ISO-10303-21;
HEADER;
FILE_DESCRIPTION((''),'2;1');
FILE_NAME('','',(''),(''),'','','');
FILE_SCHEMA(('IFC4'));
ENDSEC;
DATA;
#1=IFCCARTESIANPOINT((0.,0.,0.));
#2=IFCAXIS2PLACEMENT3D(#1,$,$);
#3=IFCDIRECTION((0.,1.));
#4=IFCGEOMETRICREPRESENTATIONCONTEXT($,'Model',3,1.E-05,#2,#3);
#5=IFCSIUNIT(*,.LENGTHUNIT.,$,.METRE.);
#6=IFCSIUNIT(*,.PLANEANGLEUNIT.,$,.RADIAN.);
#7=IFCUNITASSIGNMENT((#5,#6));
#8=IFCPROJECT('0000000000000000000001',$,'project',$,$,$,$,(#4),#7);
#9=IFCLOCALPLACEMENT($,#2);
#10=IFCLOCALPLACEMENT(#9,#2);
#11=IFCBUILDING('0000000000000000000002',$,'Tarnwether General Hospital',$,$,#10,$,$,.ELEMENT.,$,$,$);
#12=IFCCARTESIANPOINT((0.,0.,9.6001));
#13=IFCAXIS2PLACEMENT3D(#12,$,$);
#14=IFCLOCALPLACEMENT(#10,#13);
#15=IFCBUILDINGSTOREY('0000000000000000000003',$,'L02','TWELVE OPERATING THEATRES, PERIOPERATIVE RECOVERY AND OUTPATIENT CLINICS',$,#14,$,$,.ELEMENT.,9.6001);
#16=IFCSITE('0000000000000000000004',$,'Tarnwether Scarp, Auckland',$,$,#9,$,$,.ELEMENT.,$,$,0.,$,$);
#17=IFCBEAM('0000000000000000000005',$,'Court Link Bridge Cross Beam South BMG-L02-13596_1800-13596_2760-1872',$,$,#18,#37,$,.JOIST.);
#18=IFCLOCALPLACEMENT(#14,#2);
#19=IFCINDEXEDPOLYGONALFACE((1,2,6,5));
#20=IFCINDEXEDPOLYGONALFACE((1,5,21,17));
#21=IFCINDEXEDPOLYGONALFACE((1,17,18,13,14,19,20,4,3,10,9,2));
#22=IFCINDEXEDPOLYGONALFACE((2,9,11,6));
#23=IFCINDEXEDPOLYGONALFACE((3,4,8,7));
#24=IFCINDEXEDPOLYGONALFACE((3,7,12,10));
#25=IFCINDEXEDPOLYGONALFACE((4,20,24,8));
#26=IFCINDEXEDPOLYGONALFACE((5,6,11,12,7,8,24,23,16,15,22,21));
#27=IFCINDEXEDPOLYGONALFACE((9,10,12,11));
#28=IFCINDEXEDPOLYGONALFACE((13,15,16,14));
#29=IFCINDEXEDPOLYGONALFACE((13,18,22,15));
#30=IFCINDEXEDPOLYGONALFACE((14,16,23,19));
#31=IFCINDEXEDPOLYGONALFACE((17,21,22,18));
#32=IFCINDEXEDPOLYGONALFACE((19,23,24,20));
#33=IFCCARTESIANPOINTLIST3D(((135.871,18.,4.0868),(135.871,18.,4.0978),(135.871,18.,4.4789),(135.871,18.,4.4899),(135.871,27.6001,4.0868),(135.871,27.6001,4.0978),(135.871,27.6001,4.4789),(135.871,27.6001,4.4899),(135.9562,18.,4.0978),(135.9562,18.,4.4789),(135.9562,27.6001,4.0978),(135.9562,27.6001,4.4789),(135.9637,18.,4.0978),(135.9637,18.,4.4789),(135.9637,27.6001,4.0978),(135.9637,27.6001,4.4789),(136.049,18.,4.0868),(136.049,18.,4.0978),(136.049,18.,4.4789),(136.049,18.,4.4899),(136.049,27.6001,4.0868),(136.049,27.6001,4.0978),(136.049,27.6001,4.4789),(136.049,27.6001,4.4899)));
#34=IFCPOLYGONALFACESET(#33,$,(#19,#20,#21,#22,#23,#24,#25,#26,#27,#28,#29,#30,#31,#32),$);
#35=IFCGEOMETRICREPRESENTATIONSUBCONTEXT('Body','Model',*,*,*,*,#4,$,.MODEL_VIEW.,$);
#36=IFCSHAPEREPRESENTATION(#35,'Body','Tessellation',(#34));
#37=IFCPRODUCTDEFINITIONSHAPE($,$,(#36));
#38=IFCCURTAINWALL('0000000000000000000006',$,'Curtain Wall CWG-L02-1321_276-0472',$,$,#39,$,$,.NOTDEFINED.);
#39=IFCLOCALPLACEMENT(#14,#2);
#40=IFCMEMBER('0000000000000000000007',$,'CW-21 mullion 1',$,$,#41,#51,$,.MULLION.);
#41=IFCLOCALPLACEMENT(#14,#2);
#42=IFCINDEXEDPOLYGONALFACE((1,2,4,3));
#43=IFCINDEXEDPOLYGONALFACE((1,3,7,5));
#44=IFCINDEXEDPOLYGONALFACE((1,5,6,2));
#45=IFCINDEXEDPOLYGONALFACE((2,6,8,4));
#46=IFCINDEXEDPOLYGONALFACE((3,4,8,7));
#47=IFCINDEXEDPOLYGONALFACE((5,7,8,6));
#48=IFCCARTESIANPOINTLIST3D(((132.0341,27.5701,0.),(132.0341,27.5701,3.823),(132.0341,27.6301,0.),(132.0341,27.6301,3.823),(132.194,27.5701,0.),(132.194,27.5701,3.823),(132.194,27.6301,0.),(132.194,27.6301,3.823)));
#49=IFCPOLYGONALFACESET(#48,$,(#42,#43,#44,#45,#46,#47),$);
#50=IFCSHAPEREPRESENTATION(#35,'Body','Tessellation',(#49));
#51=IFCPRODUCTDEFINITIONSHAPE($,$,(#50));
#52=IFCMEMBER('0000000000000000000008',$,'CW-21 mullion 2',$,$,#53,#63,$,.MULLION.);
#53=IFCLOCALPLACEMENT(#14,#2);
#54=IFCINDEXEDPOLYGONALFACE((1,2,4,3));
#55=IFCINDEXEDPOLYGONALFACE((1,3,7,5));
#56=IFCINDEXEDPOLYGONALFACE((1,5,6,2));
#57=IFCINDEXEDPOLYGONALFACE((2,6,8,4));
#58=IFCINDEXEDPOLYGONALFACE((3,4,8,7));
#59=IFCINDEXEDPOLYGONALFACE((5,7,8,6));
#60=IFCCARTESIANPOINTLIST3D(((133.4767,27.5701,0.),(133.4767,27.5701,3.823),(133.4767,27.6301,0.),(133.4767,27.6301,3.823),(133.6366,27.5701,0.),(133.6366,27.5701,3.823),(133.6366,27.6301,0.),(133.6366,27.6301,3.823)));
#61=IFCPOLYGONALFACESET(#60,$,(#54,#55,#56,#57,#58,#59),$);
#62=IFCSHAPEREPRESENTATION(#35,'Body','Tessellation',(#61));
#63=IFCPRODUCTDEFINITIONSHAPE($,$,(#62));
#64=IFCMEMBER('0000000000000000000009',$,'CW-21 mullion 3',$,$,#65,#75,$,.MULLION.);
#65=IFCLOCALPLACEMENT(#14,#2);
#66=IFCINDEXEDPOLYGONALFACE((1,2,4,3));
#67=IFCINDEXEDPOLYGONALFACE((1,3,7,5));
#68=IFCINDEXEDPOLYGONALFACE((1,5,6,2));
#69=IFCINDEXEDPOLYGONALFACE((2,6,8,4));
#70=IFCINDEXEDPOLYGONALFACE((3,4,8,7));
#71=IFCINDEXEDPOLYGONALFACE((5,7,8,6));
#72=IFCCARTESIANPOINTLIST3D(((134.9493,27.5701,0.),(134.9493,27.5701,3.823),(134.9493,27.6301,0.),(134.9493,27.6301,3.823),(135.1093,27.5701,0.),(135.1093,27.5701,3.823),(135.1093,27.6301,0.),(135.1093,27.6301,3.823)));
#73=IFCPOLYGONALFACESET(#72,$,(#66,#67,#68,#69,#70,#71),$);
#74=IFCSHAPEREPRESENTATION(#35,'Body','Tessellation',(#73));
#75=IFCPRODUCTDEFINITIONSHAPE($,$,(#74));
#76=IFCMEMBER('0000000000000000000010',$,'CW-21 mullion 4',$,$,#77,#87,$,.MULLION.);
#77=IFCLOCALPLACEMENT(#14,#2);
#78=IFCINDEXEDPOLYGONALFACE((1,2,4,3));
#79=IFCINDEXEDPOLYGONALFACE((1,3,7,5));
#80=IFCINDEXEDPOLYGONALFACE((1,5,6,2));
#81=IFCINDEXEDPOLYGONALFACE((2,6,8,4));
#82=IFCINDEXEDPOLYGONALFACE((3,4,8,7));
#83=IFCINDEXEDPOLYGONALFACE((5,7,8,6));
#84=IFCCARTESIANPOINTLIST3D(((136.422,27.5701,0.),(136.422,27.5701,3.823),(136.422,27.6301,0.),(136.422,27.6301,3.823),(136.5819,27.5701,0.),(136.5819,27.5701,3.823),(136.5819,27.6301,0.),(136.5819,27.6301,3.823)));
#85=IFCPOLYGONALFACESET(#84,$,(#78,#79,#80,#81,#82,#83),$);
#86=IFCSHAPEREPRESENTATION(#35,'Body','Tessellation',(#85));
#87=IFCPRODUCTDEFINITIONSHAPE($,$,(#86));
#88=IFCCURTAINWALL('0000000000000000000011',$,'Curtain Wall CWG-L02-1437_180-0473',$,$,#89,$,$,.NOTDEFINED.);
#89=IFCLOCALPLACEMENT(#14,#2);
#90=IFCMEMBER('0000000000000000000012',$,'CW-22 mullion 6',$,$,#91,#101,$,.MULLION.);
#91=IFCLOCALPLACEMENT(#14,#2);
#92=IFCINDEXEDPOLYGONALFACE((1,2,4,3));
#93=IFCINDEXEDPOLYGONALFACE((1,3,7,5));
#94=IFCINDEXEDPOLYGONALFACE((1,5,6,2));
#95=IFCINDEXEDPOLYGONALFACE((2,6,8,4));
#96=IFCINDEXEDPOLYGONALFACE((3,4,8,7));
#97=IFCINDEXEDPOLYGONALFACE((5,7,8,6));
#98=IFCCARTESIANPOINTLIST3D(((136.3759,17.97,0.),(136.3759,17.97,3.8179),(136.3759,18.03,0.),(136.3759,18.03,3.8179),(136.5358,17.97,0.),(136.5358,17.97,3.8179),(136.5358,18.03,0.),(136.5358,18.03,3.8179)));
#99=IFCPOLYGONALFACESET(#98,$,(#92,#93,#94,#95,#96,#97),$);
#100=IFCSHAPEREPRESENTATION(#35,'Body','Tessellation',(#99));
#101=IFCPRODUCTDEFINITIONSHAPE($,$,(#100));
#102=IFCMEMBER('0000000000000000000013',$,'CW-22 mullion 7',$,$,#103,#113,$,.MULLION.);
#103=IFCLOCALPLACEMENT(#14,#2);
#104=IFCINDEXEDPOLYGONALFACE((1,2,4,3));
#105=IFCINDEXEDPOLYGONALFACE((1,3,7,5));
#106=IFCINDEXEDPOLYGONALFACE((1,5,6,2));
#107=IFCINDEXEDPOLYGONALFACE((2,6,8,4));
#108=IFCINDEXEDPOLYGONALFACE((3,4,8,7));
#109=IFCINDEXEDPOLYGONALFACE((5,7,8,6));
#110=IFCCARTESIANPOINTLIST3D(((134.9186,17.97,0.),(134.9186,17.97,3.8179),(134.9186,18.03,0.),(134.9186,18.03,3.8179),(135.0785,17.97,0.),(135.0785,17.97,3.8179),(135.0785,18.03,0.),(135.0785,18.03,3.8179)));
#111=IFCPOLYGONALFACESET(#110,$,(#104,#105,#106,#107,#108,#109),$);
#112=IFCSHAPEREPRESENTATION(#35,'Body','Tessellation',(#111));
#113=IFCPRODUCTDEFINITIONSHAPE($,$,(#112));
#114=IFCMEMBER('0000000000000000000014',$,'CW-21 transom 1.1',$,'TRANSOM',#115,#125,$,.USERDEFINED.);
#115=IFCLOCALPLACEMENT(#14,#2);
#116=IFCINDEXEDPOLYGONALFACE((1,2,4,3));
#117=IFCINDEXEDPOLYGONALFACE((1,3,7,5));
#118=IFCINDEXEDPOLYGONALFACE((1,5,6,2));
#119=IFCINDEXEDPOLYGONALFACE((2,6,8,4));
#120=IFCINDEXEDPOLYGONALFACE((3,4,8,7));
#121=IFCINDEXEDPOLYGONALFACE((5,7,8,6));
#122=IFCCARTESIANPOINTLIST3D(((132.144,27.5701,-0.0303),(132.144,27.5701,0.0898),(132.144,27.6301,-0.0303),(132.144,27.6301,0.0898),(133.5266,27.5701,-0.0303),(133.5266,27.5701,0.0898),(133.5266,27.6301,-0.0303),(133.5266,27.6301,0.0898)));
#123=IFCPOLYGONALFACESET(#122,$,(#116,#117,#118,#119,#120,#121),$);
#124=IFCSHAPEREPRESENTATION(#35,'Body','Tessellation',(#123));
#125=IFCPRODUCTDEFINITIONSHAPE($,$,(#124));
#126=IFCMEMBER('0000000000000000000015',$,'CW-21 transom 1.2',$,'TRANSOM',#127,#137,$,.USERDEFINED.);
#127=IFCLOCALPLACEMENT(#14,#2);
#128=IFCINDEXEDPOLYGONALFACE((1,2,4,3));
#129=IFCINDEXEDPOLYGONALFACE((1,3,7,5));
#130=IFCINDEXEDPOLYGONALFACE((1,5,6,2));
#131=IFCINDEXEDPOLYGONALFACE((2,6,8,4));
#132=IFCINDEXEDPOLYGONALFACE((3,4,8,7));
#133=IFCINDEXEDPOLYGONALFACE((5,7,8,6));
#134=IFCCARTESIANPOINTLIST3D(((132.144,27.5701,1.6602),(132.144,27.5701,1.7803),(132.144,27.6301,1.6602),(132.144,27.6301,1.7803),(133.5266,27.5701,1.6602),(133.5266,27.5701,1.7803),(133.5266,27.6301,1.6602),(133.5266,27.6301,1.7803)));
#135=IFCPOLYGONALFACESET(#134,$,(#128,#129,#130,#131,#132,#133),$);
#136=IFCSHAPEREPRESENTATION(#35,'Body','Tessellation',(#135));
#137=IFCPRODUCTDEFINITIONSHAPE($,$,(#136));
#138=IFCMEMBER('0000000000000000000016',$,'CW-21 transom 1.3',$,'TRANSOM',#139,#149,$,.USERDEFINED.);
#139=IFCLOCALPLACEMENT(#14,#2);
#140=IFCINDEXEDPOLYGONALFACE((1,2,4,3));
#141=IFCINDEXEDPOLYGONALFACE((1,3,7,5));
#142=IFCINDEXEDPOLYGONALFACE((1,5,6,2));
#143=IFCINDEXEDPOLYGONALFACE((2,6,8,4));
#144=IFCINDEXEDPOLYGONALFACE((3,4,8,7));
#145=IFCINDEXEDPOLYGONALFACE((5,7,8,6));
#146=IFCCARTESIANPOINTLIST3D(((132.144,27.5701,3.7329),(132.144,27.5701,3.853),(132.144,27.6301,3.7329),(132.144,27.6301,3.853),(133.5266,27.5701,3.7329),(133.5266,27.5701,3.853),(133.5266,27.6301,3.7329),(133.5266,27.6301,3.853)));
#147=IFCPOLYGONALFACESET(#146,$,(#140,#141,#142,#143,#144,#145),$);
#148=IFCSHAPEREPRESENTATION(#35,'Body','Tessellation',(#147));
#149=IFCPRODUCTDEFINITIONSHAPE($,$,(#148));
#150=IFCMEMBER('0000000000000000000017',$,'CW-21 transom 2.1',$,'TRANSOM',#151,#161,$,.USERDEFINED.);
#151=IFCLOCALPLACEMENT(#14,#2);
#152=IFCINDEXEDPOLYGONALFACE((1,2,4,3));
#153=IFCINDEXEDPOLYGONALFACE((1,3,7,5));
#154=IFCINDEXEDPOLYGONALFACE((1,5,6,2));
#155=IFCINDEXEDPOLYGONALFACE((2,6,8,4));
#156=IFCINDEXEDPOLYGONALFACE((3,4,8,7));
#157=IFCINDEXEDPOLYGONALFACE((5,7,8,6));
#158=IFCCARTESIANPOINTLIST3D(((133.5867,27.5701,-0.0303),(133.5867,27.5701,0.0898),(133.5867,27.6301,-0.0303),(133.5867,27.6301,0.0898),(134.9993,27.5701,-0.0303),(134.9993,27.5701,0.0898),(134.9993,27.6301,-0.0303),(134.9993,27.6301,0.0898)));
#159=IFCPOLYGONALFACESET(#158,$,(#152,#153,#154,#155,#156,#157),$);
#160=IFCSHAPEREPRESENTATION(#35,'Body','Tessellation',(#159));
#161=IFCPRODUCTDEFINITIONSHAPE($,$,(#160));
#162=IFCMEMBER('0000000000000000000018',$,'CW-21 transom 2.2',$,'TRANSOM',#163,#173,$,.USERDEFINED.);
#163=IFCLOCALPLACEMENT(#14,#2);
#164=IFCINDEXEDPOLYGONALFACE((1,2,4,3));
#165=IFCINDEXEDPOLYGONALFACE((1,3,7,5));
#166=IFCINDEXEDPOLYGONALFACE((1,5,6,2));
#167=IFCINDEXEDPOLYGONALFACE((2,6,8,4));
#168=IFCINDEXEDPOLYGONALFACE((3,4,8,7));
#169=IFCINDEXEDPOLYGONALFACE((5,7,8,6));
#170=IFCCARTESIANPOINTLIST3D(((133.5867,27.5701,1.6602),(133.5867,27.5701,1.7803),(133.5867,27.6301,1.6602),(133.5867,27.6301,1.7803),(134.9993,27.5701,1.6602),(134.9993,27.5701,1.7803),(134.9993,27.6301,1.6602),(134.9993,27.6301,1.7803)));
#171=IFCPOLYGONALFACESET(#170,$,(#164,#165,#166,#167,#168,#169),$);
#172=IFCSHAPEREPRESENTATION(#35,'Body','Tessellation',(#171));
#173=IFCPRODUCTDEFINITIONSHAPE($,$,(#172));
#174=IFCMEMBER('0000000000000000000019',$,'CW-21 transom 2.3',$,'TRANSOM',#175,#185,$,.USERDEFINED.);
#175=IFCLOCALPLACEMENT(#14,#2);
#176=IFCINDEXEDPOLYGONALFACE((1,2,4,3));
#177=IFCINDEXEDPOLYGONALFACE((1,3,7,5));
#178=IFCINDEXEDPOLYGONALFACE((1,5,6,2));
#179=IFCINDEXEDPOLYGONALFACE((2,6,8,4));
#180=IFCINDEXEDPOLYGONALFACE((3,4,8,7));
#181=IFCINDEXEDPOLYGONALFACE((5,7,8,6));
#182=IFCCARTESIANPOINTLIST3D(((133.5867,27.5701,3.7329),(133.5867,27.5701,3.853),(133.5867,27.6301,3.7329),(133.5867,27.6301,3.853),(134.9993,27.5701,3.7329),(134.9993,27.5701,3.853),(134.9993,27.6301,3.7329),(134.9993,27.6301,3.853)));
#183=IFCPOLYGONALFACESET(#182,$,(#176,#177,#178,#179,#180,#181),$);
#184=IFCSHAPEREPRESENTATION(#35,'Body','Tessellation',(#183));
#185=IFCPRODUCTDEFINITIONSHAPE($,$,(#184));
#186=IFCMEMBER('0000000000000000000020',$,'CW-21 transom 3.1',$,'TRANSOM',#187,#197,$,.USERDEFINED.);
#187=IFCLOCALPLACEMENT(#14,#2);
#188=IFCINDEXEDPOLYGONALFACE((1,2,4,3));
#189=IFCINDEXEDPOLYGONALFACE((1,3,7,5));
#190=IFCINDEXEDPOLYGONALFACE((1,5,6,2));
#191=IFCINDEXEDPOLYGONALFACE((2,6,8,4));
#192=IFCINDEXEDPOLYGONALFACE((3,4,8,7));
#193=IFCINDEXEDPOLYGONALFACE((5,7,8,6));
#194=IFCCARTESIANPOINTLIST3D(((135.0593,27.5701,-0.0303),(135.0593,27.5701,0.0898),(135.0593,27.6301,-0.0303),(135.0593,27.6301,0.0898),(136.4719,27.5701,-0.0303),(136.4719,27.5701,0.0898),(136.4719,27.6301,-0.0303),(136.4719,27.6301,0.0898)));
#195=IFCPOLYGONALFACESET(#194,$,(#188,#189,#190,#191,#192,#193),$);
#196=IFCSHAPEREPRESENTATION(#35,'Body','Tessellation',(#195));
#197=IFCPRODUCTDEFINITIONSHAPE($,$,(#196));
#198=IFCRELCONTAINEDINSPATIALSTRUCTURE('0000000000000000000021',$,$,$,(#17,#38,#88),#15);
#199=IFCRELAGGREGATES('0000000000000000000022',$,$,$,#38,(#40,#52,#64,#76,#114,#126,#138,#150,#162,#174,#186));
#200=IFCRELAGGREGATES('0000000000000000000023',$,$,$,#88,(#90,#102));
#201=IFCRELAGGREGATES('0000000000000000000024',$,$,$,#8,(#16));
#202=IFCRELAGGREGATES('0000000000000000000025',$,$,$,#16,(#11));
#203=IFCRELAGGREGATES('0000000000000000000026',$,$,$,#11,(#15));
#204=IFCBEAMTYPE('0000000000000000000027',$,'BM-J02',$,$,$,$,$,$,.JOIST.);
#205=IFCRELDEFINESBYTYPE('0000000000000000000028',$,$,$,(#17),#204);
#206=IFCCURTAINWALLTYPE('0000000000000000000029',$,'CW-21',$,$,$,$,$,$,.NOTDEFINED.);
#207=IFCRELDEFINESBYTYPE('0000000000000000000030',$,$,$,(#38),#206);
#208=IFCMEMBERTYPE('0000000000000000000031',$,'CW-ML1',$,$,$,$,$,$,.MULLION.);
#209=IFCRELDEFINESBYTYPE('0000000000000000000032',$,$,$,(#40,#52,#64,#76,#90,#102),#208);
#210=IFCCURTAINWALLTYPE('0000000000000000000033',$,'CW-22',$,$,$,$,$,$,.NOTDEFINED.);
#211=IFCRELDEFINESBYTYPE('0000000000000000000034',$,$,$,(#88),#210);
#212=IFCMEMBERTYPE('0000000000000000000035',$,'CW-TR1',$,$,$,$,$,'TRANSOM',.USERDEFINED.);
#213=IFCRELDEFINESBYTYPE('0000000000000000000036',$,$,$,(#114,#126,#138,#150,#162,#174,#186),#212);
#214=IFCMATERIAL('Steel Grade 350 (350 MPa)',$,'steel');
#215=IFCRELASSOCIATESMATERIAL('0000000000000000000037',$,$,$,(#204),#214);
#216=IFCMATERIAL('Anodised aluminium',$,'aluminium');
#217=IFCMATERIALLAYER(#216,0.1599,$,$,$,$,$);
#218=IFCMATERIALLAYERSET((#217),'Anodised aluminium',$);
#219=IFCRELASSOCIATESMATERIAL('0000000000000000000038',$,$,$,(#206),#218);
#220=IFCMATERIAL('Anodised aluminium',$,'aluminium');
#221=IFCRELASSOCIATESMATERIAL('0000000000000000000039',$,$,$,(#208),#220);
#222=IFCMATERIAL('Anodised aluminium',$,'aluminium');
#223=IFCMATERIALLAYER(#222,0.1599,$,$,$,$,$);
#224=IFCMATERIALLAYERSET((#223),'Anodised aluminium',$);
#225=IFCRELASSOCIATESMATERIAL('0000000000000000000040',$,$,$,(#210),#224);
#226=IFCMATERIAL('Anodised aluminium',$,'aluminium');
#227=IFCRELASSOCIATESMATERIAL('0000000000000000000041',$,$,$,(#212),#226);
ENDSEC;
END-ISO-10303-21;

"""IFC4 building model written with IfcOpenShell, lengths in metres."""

from ifc_helpers import new_model, si_unit, direction, frame, origin, origin_2d, place, context, subcontext, project, spatial, rectangle, i_section, extrude, material, layer, layer_set, material_profile, profile_set, type_object, element, aggregate, save


model = new_model("IFC4")

# Units and contexts
model_context = context("Model", 3, precision=1e-05, world=origin(), true_north=direction((0.0, 1.0)))
body_context = subcontext(model_context, "Body", "Model", "MODEL_VIEW")
ifc_project = project(units=[si_unit("LENGTHUNIT", "METRE"), si_unit("PLANEANGLEUNIT", "RADIAN")], contexts=[model_context])

# Site, building, storey
site_placement = place(None, origin())
site = spatial("IfcSite", under=ifc_project, at=site_placement, Name="Tarnwether Scarp, Auckland", CompositionType="ELEMENT", RefElevation=0.0)
building_placement = place(site_placement, origin())
building = spatial("IfcBuilding", under=site, at=building_placement, Name="Tarnwether General Hospital", CompositionType="ELEMENT")
storey_placement = place(building_placement, frame((0.0, 0.0, 9.6001)))
storey = spatial("IfcBuildingStorey", under=building, at=storey_placement, Name="L02", Description="TWELVE OPERATING THEATRES, PERIOPERATIVE RECOVERY AND OUTPATIENT CLINICS", CompositionType="ELEMENT", Elevation=9.6001)

# Beam
ifc_material_1 = material(Name="Steel Grade 350 (350 MPa)", Category="steel")
ifc_material_profile_1 = material_profile(ifc_material_1, i_section(OverallWidth=0.178, OverallDepth=0.4031, WebThickness=0.0076, FlangeThickness=0.011, at=origin_2d()), Name="410UB53.7")
ifc_profile_set_1 = profile_set([ifc_material_profile_1], Name="Steel Grade 350 (350 MPa)")
beam_type = type_object("IfcBeamType", Name="BM-J02", PredefinedType="JOIST", material=ifc_profile_set_1)
beam_placement = place(storey_placement, frame((135.96, 18.0, 4.2883), z_axis=(0.0, 1.0, 0.0), x_axis=(-1.0, 0.0, 0.0)))
element("IfcBeam", 1, at=beam_placement, inside=storey, type_object=beam_type, Name="Court Link Bridge Cross Beam South BMG-L02-13596_1800-13596_2760-1872", PredefinedType="JOIST", context=body_context, shape_type="SweptSolid", body=[
    extrude(i_section(OverallWidth=0.178, OverallDepth=0.4031, WebThickness=0.0076, FlangeThickness=0.011, at=origin_2d()), origin(), (0.0, 0.0, 1.0), 9.6001),
])

# Curtain walls, members
ifc_material_2 = material(Name="Anodised aluminium", Category="aluminium")
ifc_layer_1 = layer(ifc_material_2, 0.1599)
ifc_layer_set_1 = layer_set([ifc_layer_1], Name="Anodised aluminium")
curtain_wall_type_1 = type_object("IfcCurtainWallType", Name="CW-21", PredefinedType="NOTDEFINED", material=ifc_layer_set_1)
curtain_wall_1_placement = place(storey_placement, origin())
curtain_wall_1 = element("IfcCurtainWall", 2, at=curtain_wall_1_placement, inside=storey, type_object=curtain_wall_type_1, Name="Curtain Wall CWG-L02-1321_276-0472", PredefinedType="NOTDEFINED")
ifc_material_3 = material(Name="Anodised aluminium", Category="aluminium")
ifc_material_profile_2 = material_profile(ifc_material_3, rectangle(XDim=0.0601, YDim=0.1599, at=origin_2d()), Name="ALU-MUL-60x160")
ifc_profile_set_2 = profile_set([ifc_material_profile_2], Name="Anodised aluminium")
member_type_1 = type_object("IfcMemberType", Name="CW-ML1", PredefinedType="MULLION", material=ifc_profile_set_2)
member_1_placement = place(storey_placement, frame((132.114, 27.6001, 0.0), z_axis=(0.0, 0.0, 1.0), x_axis=(0.0, 1.0, 0.0)))
member_1 = element("IfcMember", 3, at=member_1_placement, type_object=member_type_1, Name="CW-21 mullion 1", PredefinedType="MULLION", context=body_context, shape_type="SweptSolid", body=[
    extrude(rectangle(XDim=0.0601, YDim=0.1599, at=origin_2d()), origin(), (0.0, 0.0, 1.0), 3.823),
])
member_2_placement = place(storey_placement, frame((133.5566, 27.6001, 0.0), z_axis=(0.0, 0.0, 1.0), x_axis=(0.0, 1.0, 0.0)))
member_2 = element("IfcMember", 4, at=member_2_placement, type_object=member_type_1, Name="CW-21 mullion 2", PredefinedType="MULLION", context=body_context, shape_type="SweptSolid", body=[
    extrude(rectangle(XDim=0.0601, YDim=0.1599, at=origin_2d()), origin(), (0.0, 0.0, 1.0), 3.823),
])
member_3_placement = place(storey_placement, frame((135.0293, 27.6001, 0.0), z_axis=(0.0, 0.0, 1.0), x_axis=(0.0, 1.0, 0.0)))
member_3 = element("IfcMember", 5, at=member_3_placement, type_object=member_type_1, Name="CW-21 mullion 3", PredefinedType="MULLION", context=body_context, shape_type="SweptSolid", body=[
    extrude(rectangle(XDim=0.0601, YDim=0.1599, at=origin_2d()), origin(), (0.0, 0.0, 1.0), 3.823),
])
member_4_placement = place(storey_placement, frame((136.502, 27.6001, 0.0), z_axis=(0.0, 0.0, 1.0), x_axis=(0.0, 1.0, 0.0)))
member_4 = element("IfcMember", 6, at=member_4_placement, type_object=member_type_1, Name="CW-21 mullion 4", PredefinedType="MULLION", context=body_context, shape_type="SweptSolid", body=[
    extrude(rectangle(XDim=0.0601, YDim=0.1599, at=origin_2d()), origin(), (0.0, 0.0, 1.0), 3.823),
])
ifc_material_4 = material(Name="Anodised aluminium", Category="aluminium")
ifc_layer_2 = layer(ifc_material_4, 0.1599)
ifc_layer_set_2 = layer_set([ifc_layer_2], Name="Anodised aluminium")
curtain_wall_type_2 = type_object("IfcCurtainWallType", Name="CW-22", PredefinedType="NOTDEFINED", material=ifc_layer_set_2)
curtain_wall_2_placement = place(storey_placement, origin())
curtain_wall_2 = element("IfcCurtainWall", 7, at=curtain_wall_2_placement, inside=storey, type_object=curtain_wall_type_2, Name="Curtain Wall CWG-L02-1437_180-0473", PredefinedType="NOTDEFINED")
member_5_placement = place(storey_placement, frame((136.4558, 18.0, 0.0), z_axis=(0.0, 0.0, 1.0), x_axis=(0.0, -1.0, 0.0)))
member_5 = element("IfcMember", 8, at=member_5_placement, type_object=member_type_1, Name="CW-22 mullion 6", PredefinedType="MULLION", context=body_context, shape_type="SweptSolid", body=[
    extrude(rectangle(XDim=0.0601, YDim=0.1599, at=origin_2d()), origin(), (0.0, 0.0, 1.0), 3.8179),
])
member_6_placement = place(storey_placement, frame((134.9985, 18.0, 0.0), z_axis=(0.0, 0.0, 1.0), x_axis=(0.0, -1.0, 0.0)))
member_6 = element("IfcMember", 9, at=member_6_placement, type_object=member_type_1, Name="CW-22 mullion 7", PredefinedType="MULLION", context=body_context, shape_type="SweptSolid", body=[
    extrude(rectangle(XDim=0.0601, YDim=0.1599, at=origin_2d()), origin(), (0.0, 0.0, 1.0), 3.8179),
])

# Members
ifc_material_5 = material(Name="Anodised aluminium", Category="aluminium")
ifc_material_profile_3 = material_profile(ifc_material_5, rectangle(XDim=0.0601, YDim=0.1201, at=origin_2d()), Name="ALU-TRN-60x120")
ifc_profile_set_3 = profile_set([ifc_material_profile_3], Name="Anodised aluminium")
member_type_2 = type_object("IfcMemberType", Name="CW-TR1", ElementType="TRANSOM", PredefinedType="USERDEFINED", material=ifc_profile_set_3)
member_7_placement = place(storey_placement, frame((132.144, 27.6001, 0.0298), z_axis=(1.0, 0.0, 0.0), x_axis=(0.0, 1.0, 0.0)))
member_7 = element("IfcMember", 10, at=member_7_placement, type_object=member_type_2, Name="CW-21 transom 1.1", ObjectType="TRANSOM", PredefinedType="USERDEFINED", context=body_context, shape_type="SweptSolid", body=[
    extrude(rectangle(XDim=0.0601, YDim=0.1201, at=origin_2d()), origin(), (0.0, 0.0, 1.0), 1.3826),
])
member_8_placement = place(storey_placement, frame((132.144, 27.6001, 1.7202), z_axis=(1.0, 0.0, 0.0), x_axis=(0.0, 1.0, 0.0)))
member_8 = element("IfcMember", 11, at=member_8_placement, type_object=member_type_2, Name="CW-21 transom 1.2", ObjectType="TRANSOM", PredefinedType="USERDEFINED", context=body_context, shape_type="SweptSolid", body=[
    extrude(rectangle(XDim=0.0601, YDim=0.1201, at=origin_2d()), origin(), (0.0, 0.0, 1.0), 1.3826),
])
member_9_placement = place(storey_placement, frame((132.144, 27.6001, 3.793), z_axis=(1.0, 0.0, 0.0), x_axis=(0.0, 1.0, 0.0)))
member_9 = element("IfcMember", 12, at=member_9_placement, type_object=member_type_2, Name="CW-21 transom 1.3", ObjectType="TRANSOM", PredefinedType="USERDEFINED", context=body_context, shape_type="SweptSolid", body=[
    extrude(rectangle(XDim=0.0601, YDim=0.1201, at=origin_2d()), origin(), (0.0, 0.0, 1.0), 1.3826),
])
member_10_placement = place(storey_placement, frame((133.5867, 27.6001, 0.0298), z_axis=(1.0, 0.0, 0.0), x_axis=(0.0, 1.0, 0.0)))
member_10 = element("IfcMember", 13, at=member_10_placement, type_object=member_type_2, Name="CW-21 transom 2.1", ObjectType="TRANSOM", PredefinedType="USERDEFINED", context=body_context, shape_type="SweptSolid", body=[
    extrude(rectangle(XDim=0.0601, YDim=0.1201, at=origin_2d()), origin(), (0.0, 0.0, 1.0), 1.4126),
])
member_11_placement = place(storey_placement, frame((133.5867, 27.6001, 1.7202), z_axis=(1.0, 0.0, 0.0), x_axis=(0.0, 1.0, 0.0)))
member_11 = element("IfcMember", 14, at=member_11_placement, type_object=member_type_2, Name="CW-21 transom 2.2", ObjectType="TRANSOM", PredefinedType="USERDEFINED", context=body_context, shape_type="SweptSolid", body=[
    extrude(rectangle(XDim=0.0601, YDim=0.1201, at=origin_2d()), origin(), (0.0, 0.0, 1.0), 1.4126),
])
member_12_placement = place(storey_placement, frame((133.5867, 27.6001, 3.793), z_axis=(1.0, 0.0, 0.0), x_axis=(0.0, 1.0, 0.0)))
member_12 = element("IfcMember", 15, at=member_12_placement, type_object=member_type_2, Name="CW-21 transom 2.3", ObjectType="TRANSOM", PredefinedType="USERDEFINED", context=body_context, shape_type="SweptSolid", body=[
    extrude(rectangle(XDim=0.0601, YDim=0.1201, at=origin_2d()), origin(), (0.0, 0.0, 1.0), 1.4126),
])
member_13_placement = place(storey_placement, frame((135.0593, 27.6001, 0.0298), z_axis=(1.0, 0.0, 0.0), x_axis=(0.0, 1.0, 0.0)))
member_13 = element("IfcMember", 16, at=member_13_placement, type_object=member_type_2, Name="CW-21 transom 3.1", ObjectType="TRANSOM", PredefinedType="USERDEFINED", context=body_context, shape_type="SweptSolid", body=[
    extrude(rectangle(XDim=0.0601, YDim=0.1201, at=origin_2d()), origin(), (0.0, 0.0, 1.0), 1.4126),
])

aggregate(curtain_wall_1, [member_1, member_2, member_3, member_4, member_7, member_8, member_9, member_10, member_11, member_12, member_13])
aggregate(curtain_wall_2, [member_5, member_6])

save(model, "model.ifc")
